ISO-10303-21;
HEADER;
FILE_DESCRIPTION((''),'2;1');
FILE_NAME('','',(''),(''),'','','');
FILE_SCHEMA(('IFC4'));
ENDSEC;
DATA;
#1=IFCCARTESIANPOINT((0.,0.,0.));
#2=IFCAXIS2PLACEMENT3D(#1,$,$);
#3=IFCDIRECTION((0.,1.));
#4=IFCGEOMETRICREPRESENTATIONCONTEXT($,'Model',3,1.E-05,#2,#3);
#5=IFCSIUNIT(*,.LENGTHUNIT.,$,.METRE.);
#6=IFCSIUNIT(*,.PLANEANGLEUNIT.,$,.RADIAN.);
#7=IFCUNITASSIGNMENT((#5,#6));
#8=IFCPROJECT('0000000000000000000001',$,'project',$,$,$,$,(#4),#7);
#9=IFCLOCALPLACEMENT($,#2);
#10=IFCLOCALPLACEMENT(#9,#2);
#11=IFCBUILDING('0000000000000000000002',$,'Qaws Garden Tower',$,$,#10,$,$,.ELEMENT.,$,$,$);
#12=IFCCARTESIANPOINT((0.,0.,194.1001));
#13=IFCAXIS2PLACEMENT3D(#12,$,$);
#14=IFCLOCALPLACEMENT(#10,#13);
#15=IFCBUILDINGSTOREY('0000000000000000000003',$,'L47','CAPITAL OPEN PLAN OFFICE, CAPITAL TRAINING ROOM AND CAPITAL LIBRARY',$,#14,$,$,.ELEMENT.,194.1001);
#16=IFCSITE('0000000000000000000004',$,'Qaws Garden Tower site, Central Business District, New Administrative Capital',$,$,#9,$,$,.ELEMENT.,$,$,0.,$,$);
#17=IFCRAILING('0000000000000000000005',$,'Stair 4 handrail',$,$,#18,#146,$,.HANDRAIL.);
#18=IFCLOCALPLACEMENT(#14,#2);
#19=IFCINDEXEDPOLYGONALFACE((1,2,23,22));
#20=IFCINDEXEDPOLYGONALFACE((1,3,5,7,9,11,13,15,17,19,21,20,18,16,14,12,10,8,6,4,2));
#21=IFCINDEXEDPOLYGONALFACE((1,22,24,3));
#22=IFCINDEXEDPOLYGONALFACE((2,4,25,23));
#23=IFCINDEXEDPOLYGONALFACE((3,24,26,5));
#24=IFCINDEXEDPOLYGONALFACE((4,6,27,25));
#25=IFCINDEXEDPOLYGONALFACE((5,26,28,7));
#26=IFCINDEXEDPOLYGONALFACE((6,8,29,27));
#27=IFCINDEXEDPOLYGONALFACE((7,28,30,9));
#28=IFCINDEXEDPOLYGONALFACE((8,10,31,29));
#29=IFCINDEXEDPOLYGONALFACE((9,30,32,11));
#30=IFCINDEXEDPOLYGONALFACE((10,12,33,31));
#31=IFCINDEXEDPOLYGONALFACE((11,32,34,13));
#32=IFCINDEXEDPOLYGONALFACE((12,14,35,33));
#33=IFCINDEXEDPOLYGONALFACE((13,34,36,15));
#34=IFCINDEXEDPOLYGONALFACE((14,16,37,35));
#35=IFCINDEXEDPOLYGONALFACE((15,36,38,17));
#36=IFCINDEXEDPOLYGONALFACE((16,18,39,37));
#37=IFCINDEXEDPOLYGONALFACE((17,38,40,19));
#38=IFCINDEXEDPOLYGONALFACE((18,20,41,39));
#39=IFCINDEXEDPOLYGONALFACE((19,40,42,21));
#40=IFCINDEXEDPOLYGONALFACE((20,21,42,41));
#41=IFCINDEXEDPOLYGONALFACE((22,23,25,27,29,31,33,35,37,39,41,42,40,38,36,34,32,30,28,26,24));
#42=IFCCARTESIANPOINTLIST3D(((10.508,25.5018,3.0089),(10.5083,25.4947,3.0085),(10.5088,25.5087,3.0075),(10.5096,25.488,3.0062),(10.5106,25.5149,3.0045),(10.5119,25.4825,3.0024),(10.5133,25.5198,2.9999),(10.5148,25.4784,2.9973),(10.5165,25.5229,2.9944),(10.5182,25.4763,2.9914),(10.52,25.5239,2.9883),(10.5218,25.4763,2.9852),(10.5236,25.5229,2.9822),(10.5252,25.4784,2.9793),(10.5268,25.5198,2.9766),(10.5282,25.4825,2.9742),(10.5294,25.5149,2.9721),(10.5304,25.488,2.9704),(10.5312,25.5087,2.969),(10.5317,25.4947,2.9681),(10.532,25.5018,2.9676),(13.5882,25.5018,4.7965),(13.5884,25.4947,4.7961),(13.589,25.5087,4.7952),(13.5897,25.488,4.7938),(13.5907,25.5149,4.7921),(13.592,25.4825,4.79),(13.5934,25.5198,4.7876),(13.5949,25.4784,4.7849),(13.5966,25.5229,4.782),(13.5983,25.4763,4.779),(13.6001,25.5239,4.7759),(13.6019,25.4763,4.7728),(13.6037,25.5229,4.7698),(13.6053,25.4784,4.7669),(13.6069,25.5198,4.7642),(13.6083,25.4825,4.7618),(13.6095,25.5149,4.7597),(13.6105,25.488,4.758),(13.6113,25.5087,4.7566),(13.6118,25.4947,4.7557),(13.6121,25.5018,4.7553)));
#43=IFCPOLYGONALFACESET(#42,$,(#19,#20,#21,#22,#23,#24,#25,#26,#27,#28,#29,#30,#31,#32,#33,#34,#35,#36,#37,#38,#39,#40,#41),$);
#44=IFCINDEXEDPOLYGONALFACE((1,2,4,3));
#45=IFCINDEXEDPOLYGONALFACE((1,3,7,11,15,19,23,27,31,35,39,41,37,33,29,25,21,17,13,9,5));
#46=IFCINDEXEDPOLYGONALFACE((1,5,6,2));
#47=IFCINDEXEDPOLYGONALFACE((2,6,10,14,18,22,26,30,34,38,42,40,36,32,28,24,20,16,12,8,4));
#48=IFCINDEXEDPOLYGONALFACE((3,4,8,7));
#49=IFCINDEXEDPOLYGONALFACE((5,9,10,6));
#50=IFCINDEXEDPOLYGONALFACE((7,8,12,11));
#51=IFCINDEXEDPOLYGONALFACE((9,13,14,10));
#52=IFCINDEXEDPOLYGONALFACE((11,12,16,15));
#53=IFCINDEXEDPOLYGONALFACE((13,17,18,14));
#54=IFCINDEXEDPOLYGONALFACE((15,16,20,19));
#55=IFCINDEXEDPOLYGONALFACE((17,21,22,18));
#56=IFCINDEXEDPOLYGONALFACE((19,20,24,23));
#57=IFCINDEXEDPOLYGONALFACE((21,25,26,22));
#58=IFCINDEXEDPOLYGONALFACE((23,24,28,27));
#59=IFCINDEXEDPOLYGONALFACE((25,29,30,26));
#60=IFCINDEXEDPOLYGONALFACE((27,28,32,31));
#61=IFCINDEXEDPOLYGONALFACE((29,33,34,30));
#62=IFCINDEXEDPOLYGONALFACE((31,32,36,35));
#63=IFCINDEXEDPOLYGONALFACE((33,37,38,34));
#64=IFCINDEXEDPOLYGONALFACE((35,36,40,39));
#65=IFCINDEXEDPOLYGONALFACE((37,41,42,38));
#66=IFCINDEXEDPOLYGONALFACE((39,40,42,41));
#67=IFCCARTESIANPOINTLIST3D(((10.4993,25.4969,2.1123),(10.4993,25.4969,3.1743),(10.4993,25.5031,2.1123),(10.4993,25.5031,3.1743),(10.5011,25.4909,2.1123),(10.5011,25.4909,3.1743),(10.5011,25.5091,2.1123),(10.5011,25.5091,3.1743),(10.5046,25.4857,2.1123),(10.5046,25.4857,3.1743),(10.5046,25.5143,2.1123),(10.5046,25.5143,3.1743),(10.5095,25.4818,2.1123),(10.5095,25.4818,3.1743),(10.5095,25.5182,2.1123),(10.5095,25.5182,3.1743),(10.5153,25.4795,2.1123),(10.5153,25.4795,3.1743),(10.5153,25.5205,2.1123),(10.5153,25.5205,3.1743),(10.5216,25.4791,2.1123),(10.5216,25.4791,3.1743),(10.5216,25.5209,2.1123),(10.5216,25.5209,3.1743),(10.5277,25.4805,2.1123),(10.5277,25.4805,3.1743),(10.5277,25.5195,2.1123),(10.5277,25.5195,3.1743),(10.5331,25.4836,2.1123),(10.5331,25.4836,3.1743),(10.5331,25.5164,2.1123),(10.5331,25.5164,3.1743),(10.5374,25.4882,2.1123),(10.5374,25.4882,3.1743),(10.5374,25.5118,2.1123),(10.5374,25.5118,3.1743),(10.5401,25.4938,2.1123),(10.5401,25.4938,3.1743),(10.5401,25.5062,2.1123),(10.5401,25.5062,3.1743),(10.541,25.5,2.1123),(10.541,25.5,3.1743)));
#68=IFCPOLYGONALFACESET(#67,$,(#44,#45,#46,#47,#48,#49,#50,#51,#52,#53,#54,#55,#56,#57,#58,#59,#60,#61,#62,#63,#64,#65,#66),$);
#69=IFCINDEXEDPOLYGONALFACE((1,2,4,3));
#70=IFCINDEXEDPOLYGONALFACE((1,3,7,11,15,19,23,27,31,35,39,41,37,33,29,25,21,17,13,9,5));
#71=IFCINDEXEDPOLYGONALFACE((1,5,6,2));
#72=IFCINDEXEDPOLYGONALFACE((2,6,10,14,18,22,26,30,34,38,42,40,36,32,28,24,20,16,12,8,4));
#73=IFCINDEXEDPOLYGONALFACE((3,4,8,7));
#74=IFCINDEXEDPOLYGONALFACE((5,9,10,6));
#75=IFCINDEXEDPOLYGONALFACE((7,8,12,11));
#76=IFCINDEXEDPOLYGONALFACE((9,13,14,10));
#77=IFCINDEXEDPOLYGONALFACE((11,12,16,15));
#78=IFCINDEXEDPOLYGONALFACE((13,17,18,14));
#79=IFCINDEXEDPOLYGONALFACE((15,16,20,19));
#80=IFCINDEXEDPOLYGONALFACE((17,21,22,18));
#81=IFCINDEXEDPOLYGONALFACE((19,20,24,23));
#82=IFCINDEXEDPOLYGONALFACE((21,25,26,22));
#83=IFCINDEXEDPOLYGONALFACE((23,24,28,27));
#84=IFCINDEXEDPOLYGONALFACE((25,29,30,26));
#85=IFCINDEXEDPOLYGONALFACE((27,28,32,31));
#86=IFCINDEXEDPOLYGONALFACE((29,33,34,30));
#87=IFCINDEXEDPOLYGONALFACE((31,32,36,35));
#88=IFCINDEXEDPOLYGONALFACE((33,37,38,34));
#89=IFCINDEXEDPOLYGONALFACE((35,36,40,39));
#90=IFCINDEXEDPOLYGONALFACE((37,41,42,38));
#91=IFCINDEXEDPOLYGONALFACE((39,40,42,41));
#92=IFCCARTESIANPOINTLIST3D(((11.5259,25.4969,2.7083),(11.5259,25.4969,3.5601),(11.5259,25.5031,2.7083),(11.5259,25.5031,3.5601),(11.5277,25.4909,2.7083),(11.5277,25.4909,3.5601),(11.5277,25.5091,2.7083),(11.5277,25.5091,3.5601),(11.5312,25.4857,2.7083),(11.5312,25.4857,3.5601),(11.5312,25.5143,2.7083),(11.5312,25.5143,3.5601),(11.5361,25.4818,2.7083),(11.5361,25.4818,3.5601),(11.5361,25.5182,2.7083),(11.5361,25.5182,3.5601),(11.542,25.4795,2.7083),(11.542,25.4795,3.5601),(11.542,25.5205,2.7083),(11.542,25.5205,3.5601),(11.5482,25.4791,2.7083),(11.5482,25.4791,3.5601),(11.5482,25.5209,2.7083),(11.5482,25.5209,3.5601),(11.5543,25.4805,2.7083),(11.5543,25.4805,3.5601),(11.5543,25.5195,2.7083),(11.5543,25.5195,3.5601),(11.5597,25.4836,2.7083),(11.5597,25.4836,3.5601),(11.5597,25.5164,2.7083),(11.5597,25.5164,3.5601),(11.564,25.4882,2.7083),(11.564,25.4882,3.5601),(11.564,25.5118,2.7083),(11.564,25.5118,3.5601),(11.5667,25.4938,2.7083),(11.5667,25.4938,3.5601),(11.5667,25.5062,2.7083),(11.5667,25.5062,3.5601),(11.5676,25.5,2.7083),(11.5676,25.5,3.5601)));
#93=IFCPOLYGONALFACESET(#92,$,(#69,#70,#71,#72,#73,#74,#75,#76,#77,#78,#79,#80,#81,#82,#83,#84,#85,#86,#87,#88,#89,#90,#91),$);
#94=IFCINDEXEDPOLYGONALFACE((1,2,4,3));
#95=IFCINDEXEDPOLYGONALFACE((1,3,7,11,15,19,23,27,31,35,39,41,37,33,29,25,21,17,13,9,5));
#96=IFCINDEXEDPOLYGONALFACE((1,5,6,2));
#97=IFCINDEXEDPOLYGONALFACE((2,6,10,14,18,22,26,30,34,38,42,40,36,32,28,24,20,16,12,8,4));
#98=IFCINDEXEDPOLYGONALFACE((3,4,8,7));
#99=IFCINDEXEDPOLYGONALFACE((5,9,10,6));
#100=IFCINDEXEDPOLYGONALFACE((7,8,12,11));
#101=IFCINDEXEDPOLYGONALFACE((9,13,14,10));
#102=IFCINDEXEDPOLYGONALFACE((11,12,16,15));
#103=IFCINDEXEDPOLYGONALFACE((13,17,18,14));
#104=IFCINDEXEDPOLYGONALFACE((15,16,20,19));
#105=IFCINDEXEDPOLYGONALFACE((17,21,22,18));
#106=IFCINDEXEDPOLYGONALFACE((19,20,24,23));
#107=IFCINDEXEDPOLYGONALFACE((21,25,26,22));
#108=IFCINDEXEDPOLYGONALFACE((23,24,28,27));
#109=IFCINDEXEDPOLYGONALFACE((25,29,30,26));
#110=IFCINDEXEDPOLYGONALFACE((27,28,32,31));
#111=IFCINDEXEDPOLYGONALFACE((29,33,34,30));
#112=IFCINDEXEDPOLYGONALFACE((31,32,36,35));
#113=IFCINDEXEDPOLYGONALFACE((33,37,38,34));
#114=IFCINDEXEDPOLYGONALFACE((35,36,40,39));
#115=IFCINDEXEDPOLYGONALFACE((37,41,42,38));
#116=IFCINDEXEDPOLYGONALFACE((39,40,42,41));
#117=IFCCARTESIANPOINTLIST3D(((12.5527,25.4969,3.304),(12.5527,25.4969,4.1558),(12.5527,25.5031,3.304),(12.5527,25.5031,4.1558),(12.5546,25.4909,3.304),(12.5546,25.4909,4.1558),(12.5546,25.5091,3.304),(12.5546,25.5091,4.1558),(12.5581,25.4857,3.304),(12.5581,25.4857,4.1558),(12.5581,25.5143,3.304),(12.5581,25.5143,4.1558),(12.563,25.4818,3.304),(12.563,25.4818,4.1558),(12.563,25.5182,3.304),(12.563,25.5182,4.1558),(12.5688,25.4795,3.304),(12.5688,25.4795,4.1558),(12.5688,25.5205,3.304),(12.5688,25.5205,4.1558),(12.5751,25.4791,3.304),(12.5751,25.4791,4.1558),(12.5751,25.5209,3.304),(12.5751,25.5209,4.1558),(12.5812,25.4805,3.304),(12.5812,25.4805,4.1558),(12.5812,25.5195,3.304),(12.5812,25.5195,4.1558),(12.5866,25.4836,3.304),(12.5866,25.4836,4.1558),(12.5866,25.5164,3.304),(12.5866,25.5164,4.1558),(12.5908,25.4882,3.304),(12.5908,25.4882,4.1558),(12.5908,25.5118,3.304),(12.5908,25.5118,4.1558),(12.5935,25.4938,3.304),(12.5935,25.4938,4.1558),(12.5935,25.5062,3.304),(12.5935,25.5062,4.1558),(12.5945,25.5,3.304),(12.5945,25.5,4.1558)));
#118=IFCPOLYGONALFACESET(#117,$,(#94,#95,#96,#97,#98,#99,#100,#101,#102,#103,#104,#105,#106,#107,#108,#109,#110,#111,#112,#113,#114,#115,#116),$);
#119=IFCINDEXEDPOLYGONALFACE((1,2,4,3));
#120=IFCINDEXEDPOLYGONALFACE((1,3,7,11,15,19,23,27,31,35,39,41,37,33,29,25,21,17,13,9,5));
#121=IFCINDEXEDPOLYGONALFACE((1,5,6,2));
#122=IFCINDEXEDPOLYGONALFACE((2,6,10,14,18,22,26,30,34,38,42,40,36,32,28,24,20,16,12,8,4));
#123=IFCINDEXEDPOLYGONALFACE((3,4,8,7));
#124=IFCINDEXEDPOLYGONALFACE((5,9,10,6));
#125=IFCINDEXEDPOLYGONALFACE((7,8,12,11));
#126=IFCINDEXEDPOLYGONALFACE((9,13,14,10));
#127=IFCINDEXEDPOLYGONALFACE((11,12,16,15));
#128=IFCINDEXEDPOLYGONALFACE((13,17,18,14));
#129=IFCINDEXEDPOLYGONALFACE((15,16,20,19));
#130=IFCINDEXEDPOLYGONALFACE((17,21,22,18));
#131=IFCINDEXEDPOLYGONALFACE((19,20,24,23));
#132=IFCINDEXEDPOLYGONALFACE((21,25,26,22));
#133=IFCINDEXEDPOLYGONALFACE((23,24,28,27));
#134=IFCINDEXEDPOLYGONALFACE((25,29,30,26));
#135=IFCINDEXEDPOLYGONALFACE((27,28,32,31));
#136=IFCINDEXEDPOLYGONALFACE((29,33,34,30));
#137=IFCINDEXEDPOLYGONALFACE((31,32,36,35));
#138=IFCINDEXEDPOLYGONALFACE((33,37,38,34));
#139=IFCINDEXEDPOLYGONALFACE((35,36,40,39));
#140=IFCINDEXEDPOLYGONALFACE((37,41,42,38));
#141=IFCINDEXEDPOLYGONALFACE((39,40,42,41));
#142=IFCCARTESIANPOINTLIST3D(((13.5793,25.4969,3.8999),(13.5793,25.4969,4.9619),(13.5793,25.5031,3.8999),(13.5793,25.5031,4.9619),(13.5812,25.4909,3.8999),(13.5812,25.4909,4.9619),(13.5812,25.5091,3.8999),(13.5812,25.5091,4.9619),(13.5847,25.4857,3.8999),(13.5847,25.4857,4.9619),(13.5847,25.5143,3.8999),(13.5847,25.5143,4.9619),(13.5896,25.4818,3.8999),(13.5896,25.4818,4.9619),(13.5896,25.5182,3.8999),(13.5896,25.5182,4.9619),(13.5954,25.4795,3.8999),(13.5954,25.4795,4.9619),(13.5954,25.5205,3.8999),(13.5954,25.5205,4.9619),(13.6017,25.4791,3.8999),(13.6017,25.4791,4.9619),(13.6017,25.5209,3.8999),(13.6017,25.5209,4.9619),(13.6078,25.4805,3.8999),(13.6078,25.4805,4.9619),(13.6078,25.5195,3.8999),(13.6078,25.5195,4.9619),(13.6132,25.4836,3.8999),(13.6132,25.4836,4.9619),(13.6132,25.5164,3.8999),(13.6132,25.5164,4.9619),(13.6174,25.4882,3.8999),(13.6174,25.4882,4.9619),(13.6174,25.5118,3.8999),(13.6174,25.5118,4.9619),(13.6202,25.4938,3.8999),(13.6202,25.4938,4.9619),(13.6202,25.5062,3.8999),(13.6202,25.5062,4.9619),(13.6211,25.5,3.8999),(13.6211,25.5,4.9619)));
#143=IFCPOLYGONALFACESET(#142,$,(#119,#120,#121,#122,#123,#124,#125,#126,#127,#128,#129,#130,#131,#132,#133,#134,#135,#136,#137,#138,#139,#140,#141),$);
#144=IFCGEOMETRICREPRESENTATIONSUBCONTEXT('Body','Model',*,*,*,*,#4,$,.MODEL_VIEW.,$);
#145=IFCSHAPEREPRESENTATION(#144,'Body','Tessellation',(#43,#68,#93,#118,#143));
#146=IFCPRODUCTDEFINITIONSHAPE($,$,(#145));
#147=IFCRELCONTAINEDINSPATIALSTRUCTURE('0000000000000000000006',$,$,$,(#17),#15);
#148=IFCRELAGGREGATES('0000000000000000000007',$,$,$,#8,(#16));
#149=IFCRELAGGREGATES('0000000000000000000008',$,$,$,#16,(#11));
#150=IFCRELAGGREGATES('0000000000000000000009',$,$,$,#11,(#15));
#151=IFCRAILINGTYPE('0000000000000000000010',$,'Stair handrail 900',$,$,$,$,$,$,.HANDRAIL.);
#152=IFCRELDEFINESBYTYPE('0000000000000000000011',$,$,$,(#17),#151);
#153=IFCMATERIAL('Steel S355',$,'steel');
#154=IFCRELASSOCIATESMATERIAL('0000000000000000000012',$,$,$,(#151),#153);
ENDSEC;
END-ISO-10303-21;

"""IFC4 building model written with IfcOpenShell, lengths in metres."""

from ifc_helpers import new_model, si_unit, direction, frame, origin, origin_2d, place, context, subcontext, project, spatial, circle, extrude, material, type_object, element, save


model = new_model("IFC4")

# Units and contexts
model_context = context("Model", 3, precision=1e-05, world=origin(), true_north=direction((0.0, 1.0)))
body_context = subcontext(model_context, "Body", "Model", "MODEL_VIEW")
ifc_project = project(units=[si_unit("LENGTHUNIT", "METRE"), si_unit("PLANEANGLEUNIT", "RADIAN")], contexts=[model_context])

# Site, building, storey
site_placement = place(None, origin())
site = spatial("IfcSite", under=ifc_project, at=site_placement, Name="Qaws Garden Tower site, Central Business District, New Administrative Capital", CompositionType="ELEMENT", RefElevation=0.0)
building_placement = place(site_placement, origin())
building = spatial("IfcBuilding", under=site, at=building_placement, Name="Qaws Garden Tower", CompositionType="ELEMENT")
storey_placement = place(building_placement, frame((0.0, 0.0, 194.1001)))
storey = spatial("IfcBuildingStorey", under=building, at=storey_placement, Name="L47", Description="CAPITAL OPEN PLAN OFFICE, CAPITAL TRAINING ROOM AND CAPITAL LIBRARY", CompositionType="ELEMENT", Elevation=194.1001)

# Railing
ifc_material_1 = material(Name="Steel S355", Category="steel")
railing_type = type_object("IfcRailingType", Name="Stair handrail 900", PredefinedType="HANDRAIL", material=ifc_material_1)
railing_1_placement = place(storey_placement, frame((10.52, 25.5, 2.1123)))
element("IfcRailing", 1, at=railing_1_placement, inside=storey, type_object=railing_type, Name="Stair 4 handrail", PredefinedType="HANDRAIL", context=body_context, shape_type="SweptSolid", body=[
    extrude(circle(Radius=0.0239, at=origin_2d()), frame((0.0, 0.0, 0.876), z_axis=(0.864891, 0.0, 0.50196), x_axis=(0.0, 1.0, 0.0)), (0.0, 0.0, 1.0), 3.5613),
    extrude(circle(Radius=0.021, at=origin_2d()), origin(), (0.0, 0.0, 1.0), 1.062),
    extrude(circle(Radius=0.021, at=origin_2d()), frame((1.0266, 0.0, 0.5959)), (0.0, 0.0, 1.0), 0.8518),
    extrude(circle(Radius=0.021, at=origin_2d()), frame((2.0535, 0.0, 1.1917)), (0.0, 0.0, 1.0), 0.8518),
    extrude(circle(Radius=0.021, at=origin_2d()), frame((3.0801, 0.0, 1.7876)), (0.0, 0.0, 1.0), 1.062),
])

save(model, "model.ifc")
